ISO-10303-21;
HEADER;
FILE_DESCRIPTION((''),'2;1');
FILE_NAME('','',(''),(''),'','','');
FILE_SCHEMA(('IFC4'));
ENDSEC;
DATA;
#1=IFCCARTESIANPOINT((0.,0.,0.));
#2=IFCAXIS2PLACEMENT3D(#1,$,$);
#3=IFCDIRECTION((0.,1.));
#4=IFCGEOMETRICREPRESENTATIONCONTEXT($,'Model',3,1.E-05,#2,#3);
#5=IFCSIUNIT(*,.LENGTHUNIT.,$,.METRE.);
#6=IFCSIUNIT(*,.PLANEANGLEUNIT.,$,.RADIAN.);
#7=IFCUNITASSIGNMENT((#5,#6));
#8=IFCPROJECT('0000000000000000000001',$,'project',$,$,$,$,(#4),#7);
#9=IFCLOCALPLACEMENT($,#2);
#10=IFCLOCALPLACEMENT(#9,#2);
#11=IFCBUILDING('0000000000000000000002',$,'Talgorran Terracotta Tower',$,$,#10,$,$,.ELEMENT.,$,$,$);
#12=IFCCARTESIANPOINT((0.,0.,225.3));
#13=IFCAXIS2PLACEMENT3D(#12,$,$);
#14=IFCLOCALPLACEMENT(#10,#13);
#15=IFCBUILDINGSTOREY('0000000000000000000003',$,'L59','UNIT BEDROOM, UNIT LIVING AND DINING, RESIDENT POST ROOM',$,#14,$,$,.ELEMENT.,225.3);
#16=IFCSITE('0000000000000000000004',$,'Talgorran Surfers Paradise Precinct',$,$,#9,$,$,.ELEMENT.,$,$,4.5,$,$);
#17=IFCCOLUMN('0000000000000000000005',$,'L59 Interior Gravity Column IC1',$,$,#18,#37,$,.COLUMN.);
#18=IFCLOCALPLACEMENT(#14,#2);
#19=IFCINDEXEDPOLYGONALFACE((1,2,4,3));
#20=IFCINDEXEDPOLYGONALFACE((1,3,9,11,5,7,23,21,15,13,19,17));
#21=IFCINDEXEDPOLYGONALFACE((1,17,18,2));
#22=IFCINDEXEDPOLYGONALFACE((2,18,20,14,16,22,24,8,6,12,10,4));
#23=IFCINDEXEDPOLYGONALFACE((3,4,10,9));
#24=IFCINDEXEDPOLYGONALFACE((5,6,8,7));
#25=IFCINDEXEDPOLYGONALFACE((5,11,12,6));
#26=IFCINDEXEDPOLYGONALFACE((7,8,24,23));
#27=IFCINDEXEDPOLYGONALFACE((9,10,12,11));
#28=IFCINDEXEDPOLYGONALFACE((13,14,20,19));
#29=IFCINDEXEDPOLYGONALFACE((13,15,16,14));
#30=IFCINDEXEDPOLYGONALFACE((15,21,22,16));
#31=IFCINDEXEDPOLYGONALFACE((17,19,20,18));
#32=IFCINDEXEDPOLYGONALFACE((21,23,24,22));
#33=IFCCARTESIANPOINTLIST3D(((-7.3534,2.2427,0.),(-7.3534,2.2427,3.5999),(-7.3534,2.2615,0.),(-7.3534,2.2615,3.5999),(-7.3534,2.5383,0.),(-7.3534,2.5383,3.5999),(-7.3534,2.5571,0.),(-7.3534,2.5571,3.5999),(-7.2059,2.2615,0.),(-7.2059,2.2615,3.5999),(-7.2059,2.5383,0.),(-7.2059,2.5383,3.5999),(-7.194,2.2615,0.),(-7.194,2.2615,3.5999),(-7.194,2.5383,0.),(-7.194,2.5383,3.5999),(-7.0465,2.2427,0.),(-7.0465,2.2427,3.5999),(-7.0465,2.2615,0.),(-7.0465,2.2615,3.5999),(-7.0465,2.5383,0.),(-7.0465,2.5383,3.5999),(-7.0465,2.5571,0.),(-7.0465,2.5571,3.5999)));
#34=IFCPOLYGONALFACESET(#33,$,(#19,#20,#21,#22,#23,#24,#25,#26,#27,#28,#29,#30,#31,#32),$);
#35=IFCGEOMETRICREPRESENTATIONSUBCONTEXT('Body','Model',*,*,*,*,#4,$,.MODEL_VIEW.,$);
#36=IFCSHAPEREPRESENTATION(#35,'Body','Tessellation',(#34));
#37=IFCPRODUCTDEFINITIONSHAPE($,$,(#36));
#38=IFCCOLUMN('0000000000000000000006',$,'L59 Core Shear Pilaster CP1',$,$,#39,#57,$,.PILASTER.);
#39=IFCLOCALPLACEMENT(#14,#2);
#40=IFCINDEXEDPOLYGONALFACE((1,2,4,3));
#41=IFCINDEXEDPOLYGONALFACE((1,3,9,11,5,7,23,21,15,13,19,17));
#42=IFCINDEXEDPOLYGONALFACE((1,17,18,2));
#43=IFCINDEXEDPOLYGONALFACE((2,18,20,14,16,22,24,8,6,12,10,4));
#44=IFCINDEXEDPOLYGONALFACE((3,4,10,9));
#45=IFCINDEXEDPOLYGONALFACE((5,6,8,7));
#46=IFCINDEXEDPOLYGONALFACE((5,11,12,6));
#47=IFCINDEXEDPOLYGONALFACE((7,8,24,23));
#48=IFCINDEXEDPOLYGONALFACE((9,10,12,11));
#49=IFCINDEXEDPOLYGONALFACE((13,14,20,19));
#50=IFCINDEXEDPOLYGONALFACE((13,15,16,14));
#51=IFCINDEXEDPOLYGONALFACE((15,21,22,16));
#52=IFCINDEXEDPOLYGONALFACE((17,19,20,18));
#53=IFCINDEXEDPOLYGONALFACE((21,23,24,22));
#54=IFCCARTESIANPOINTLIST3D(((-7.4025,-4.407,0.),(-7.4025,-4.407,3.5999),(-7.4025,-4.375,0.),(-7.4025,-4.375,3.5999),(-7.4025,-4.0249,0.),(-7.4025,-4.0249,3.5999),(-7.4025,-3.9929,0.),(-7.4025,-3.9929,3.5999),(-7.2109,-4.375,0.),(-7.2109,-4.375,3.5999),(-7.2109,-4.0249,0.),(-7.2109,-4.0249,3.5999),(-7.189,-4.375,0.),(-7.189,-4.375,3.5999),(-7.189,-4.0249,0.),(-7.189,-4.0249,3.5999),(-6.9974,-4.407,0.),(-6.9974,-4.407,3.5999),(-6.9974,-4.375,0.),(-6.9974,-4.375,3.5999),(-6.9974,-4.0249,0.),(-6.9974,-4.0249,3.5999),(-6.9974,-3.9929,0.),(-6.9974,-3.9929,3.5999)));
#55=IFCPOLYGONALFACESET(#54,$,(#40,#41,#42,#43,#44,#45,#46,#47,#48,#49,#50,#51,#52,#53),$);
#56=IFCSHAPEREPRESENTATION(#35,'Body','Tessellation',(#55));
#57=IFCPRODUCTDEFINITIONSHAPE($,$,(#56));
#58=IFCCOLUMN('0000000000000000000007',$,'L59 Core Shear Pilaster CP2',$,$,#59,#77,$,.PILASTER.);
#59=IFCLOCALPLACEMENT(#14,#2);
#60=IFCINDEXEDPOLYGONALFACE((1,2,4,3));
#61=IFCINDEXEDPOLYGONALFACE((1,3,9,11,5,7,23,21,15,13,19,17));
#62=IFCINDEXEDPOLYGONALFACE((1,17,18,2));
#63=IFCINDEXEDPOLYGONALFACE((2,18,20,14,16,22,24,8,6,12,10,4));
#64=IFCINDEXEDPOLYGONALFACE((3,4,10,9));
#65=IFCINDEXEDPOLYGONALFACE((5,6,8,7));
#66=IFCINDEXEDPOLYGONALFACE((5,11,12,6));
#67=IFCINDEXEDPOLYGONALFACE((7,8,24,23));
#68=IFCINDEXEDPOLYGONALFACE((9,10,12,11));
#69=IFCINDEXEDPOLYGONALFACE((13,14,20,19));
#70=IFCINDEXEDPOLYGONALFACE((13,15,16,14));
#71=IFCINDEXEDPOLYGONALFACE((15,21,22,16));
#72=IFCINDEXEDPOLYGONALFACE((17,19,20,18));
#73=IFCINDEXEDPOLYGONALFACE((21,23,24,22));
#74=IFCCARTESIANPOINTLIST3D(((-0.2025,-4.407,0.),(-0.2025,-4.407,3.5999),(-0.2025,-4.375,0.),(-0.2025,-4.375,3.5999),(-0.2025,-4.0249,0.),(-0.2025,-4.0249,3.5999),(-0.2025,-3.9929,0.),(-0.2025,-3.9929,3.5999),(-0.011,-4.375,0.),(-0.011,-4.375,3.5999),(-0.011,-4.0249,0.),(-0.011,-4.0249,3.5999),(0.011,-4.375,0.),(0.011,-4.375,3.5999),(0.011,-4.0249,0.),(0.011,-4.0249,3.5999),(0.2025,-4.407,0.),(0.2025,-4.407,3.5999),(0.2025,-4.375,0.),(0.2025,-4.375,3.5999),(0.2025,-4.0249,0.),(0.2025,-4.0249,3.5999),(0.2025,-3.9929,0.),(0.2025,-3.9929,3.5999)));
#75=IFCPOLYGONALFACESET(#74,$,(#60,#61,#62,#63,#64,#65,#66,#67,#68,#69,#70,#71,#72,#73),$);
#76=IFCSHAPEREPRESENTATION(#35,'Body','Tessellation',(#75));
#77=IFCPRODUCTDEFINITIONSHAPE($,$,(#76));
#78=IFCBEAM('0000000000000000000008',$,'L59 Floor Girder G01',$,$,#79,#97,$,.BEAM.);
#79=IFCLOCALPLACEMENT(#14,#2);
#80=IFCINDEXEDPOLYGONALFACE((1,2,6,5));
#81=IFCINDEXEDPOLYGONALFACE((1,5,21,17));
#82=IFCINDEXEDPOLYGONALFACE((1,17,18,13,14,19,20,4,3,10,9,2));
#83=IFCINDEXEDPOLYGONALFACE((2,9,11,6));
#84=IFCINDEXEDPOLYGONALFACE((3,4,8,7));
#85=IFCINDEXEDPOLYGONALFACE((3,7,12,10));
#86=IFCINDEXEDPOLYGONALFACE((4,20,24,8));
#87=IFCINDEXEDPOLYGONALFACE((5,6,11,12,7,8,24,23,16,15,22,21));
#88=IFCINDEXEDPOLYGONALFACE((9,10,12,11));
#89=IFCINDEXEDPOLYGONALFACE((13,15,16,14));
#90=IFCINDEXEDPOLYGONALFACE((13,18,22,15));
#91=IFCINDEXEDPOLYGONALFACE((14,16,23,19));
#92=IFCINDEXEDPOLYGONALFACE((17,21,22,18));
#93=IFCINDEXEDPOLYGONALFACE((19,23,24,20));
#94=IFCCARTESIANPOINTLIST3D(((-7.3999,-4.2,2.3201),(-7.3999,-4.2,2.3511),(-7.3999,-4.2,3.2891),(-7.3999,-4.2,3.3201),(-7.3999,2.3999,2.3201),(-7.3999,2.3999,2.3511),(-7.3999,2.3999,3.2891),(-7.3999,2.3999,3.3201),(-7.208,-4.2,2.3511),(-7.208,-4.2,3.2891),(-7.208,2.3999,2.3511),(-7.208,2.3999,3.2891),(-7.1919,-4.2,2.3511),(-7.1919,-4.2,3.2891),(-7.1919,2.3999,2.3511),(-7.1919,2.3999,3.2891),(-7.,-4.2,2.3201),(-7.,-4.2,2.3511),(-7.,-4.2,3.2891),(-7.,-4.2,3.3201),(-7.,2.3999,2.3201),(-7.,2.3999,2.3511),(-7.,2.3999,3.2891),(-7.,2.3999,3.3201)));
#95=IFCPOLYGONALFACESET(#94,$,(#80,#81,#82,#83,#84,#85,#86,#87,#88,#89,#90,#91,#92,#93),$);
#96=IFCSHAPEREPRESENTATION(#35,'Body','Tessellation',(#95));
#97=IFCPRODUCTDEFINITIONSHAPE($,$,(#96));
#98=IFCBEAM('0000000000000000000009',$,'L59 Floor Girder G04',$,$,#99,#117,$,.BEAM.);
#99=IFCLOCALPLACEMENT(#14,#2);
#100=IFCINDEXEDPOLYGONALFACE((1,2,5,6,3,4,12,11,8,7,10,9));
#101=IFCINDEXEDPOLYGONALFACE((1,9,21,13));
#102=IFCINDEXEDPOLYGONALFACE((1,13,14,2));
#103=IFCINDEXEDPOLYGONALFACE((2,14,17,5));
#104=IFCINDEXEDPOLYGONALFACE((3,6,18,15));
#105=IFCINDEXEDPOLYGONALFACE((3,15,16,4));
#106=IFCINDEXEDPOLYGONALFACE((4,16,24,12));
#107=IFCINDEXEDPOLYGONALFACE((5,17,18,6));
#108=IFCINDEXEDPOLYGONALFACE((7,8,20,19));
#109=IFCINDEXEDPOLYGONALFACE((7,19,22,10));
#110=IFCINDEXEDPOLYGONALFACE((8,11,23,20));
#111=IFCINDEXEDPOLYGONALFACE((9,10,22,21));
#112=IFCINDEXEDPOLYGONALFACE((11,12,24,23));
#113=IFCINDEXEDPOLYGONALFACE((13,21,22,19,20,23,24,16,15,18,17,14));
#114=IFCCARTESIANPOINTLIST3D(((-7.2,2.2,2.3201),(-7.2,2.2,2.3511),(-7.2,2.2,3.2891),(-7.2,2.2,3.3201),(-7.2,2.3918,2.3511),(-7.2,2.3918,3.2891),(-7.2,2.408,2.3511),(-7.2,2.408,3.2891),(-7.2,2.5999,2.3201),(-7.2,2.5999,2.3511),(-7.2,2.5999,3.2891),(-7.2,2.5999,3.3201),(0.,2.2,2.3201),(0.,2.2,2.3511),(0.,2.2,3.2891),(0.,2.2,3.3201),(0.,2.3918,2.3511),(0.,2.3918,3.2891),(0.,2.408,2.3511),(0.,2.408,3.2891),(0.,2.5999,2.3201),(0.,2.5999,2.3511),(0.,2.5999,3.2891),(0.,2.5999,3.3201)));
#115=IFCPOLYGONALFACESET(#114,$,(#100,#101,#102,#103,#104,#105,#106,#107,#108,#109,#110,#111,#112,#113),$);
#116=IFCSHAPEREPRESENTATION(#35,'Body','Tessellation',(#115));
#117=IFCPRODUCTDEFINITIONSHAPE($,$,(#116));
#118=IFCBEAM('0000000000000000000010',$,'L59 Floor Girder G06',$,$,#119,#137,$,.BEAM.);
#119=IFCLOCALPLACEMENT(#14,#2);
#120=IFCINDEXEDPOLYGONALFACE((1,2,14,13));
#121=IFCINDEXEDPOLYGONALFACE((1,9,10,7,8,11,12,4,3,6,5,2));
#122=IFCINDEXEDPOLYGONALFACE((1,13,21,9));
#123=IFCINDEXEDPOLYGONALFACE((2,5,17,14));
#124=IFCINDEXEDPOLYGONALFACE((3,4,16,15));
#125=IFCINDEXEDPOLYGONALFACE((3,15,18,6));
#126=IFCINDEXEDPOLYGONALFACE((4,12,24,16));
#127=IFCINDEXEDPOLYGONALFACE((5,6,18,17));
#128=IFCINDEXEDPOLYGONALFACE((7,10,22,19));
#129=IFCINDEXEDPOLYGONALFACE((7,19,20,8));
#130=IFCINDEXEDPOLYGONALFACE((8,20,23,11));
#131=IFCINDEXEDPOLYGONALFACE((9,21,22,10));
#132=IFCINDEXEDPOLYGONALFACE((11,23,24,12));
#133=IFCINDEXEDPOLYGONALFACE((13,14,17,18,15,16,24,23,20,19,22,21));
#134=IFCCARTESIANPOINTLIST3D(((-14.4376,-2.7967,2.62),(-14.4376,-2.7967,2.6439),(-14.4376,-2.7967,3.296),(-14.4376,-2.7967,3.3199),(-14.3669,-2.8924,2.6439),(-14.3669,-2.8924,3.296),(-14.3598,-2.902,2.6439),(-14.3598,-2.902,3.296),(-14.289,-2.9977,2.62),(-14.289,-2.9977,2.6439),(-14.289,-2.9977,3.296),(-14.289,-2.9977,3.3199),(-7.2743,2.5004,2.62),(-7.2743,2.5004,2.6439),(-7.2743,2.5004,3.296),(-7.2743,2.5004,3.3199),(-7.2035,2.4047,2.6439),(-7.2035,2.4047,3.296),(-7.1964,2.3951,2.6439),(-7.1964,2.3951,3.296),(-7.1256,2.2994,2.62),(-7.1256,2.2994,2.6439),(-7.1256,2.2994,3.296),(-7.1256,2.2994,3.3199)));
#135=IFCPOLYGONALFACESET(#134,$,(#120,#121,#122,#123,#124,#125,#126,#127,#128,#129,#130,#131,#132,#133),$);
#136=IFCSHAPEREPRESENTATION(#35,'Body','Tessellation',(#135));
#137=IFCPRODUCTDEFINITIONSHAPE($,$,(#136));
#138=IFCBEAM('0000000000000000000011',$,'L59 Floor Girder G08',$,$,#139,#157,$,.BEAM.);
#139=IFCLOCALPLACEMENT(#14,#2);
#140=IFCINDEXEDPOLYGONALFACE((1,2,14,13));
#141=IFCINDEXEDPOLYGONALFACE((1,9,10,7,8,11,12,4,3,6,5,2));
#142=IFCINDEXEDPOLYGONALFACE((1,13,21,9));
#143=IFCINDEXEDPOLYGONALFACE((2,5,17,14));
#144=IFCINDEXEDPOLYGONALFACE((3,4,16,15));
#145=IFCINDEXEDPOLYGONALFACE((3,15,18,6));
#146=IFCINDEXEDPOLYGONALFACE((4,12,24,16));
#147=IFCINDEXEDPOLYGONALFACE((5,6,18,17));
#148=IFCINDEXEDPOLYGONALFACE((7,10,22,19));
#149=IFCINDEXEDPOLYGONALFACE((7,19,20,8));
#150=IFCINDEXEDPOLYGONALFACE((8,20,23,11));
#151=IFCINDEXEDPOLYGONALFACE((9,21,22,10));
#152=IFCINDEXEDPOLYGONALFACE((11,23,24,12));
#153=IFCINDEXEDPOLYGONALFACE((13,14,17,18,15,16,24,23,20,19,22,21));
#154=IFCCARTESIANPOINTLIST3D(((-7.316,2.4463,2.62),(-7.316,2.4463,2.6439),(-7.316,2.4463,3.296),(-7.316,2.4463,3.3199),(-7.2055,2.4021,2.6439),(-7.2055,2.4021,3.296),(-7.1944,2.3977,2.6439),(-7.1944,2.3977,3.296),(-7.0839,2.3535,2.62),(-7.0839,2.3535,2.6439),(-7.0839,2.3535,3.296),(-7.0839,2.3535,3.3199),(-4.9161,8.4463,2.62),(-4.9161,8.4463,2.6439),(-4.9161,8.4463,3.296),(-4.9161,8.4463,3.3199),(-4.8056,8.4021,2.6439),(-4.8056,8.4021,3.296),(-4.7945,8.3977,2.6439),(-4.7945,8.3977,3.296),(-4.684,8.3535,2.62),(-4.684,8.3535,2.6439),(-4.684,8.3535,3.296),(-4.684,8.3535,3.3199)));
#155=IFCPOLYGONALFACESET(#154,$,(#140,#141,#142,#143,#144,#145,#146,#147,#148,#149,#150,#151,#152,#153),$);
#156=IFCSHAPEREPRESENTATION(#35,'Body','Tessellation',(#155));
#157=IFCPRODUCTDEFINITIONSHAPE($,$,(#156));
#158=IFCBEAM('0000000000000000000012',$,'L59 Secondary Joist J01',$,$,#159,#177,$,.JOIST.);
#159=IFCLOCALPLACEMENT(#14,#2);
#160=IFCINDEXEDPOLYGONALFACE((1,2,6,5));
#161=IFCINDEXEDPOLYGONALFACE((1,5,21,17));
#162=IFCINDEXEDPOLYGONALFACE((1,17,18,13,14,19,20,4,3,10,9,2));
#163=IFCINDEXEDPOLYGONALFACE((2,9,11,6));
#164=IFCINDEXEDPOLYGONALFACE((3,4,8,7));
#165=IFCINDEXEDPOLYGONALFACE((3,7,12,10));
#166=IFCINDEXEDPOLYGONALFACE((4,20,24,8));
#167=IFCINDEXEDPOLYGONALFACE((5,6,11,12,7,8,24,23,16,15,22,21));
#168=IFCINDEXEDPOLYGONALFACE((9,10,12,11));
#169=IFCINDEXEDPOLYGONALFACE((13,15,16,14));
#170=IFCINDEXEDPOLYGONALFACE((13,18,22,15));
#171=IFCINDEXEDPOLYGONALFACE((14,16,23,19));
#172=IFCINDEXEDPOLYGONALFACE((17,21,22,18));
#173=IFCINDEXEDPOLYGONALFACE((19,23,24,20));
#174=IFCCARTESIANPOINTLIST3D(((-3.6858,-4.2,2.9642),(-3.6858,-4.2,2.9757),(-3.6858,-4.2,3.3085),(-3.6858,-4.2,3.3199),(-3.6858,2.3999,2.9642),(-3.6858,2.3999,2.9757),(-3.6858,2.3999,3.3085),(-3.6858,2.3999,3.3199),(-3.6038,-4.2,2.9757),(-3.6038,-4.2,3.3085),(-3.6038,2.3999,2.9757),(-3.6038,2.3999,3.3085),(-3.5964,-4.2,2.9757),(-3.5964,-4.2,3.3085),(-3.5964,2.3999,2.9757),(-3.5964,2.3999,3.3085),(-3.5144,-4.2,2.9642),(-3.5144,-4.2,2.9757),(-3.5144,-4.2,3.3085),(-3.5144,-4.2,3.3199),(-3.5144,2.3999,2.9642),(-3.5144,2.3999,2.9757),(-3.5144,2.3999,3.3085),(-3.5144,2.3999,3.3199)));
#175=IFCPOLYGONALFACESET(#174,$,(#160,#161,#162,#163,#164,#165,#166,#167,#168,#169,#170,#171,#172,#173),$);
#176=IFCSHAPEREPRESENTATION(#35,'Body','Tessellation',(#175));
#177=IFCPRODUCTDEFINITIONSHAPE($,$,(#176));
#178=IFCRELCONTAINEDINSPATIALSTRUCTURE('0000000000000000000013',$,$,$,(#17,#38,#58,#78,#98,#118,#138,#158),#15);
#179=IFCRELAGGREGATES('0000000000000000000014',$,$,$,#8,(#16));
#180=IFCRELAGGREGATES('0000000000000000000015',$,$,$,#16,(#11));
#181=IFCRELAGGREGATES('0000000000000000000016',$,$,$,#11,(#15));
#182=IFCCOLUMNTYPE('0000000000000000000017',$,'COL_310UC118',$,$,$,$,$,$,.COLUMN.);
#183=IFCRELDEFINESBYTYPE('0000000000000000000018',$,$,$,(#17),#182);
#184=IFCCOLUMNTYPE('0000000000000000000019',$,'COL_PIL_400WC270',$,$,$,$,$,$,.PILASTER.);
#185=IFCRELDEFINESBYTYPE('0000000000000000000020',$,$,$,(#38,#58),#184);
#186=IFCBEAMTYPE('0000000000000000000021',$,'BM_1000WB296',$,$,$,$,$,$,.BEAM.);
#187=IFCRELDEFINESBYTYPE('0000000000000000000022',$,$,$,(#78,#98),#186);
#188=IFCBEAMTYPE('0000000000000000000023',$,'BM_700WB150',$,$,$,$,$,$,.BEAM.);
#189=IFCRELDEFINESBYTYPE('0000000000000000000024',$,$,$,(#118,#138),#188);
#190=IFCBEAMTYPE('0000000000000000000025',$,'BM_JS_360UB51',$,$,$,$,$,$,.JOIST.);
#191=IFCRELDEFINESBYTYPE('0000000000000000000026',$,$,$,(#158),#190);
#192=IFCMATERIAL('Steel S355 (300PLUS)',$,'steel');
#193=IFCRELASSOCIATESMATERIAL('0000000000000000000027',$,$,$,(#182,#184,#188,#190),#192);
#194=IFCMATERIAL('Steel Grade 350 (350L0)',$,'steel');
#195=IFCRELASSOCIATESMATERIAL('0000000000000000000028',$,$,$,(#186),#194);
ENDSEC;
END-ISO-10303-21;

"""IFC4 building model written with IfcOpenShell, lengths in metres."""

from ifc_helpers import new_model, si_unit, direction, frame, origin, origin_2d, place, context, subcontext, project, spatial, i_section, extrude, material, material_profile, profile_set, type_object, element, save


model = new_model("IFC4")

# Units and contexts
model_context = context("Model", 3, precision=1e-05, world=origin(), true_north=direction((0.0, 1.0)))
body_context = subcontext(model_context, "Body", "Model", "MODEL_VIEW")
ifc_project = project(units=[si_unit("LENGTHUNIT", "METRE"), si_unit("PLANEANGLEUNIT", "RADIAN")], contexts=[model_context])

# Site, building, storey
site_placement = place(None, origin())
site = spatial("IfcSite", under=ifc_project, at=site_placement, Name="Talgorran Surfers Paradise Precinct", CompositionType="ELEMENT", RefElevation=4.5)
building_placement = place(site_placement, origin())
building = spatial("IfcBuilding", under=site, at=building_placement, Name="Talgorran Terracotta Tower", CompositionType="ELEMENT")
storey_placement = place(building_placement, frame((0.0, 0.0, 225.3)))
storey = spatial("IfcBuildingStorey", under=building, at=storey_placement, Name="L59", Description="UNIT BEDROOM, UNIT LIVING AND DINING, RESIDENT POST ROOM", CompositionType="ELEMENT", Elevation=225.3)

# Columns
ifc_material_1 = material(Name="Steel S355 (300PLUS)", Category="steel")
ifc_material_profile_1 = material_profile(ifc_material_1, i_section(OverallWidth=0.3069, OverallDepth=0.3145, WebThickness=0.012, FlangeThickness=0.0188, at=origin_2d()), Name="310UC118")
ifc_profile_set_1 = profile_set([ifc_material_profile_1], Name="Steel S355 (300PLUS)")
column_type_1 = type_object("IfcColumnType", Name="COL_310UC118", PredefinedType="COLUMN", material=ifc_profile_set_1)
column_placement = place(storey_placement, frame((-7.2, 2.3999, 0.0), z_axis=(0.0, 0.0, 1.0), x_axis=(1.0, 0.0, 0.0)))
element("IfcColumn", 1, at=column_placement, inside=storey, type_object=column_type_1, Name="L59 Interior Gravity Column IC1", PredefinedType="COLUMN", context=body_context, shape_type="SweptSolid", body=[
    extrude(i_section(OverallWidth=0.3069, OverallDepth=0.3145, WebThickness=0.012, FlangeThickness=0.0188, at=origin_2d()), origin(), (0.0, 0.0, 1.0), 3.5999),
])
ifc_material_profile_2 = material_profile(ifc_material_1, i_section(OverallWidth=0.405, OverallDepth=0.4141, WebThickness=0.022, FlangeThickness=0.032, at=origin_2d()), Name="400WC270")
ifc_profile_set_2 = profile_set([ifc_material_profile_2], Name="Steel S355 (300PLUS)")
column_type_2 = type_object("IfcColumnType", Name="COL_PIL_400WC270", PredefinedType="PILASTER", material=ifc_profile_set_2)
for number, where, z_axis, x_axis, name in (
    (2, (-7.2, -4.2, 0.0), (0.0, 0.0, 1.0), (1.0, 0.0, 0.0), "L59 Core Shear Pilaster CP1"),
    (3, (0.0, -4.2, 0.0), (0.0, 0.0, 1.0), (1.0, 0.0, 0.0), "L59 Core Shear Pilaster CP2"),
):
    element("IfcColumn", number, at=place(storey_placement, frame(where, z_axis=z_axis, x_axis=x_axis)), inside=storey, type_object=column_type_2, Name=name, PredefinedType="PILASTER", context=body_context, shape_type="SweptSolid", body=[
        extrude(i_section(OverallWidth=0.405, OverallDepth=0.4141, WebThickness=0.022, FlangeThickness=0.032, at=origin_2d()), origin(), (0.0, 0.0, 1.0), 3.5999),
    ])

# Beams
ifc_material_2 = material(Name="Steel Grade 350 (350L0)", Category="steel")
ifc_material_profile_3 = material_profile(ifc_material_2, i_section(OverallWidth=0.3999, OverallDepth=1.0, WebThickness=0.0161, FlangeThickness=0.031, at=origin_2d()), Name="1000WB296")
ifc_profile_set_3 = profile_set([ifc_material_profile_3], Name="Steel Grade 350 (350L0)")
beam_type_1 = type_object("IfcBeamType", Name="BM_1000WB296", PredefinedType="BEAM", material=ifc_profile_set_3)
beam_1_placement = place(storey_placement, frame((-7.2, -4.2, 2.8201), z_axis=(0.0, 1.0, 0.0), x_axis=(-1.0, 0.0, 0.0)))
element("IfcBeam", 4, at=beam_1_placement, inside=storey, type_object=beam_type_1, Name="L59 Floor Girder G01", PredefinedType="BEAM", context=body_context, shape_type="SweptSolid", body=[
    extrude(i_section(OverallWidth=0.3999, OverallDepth=1.0, WebThickness=0.0161, FlangeThickness=0.031, at=origin_2d()), origin(), (0.0, 0.0, 1.0), 6.5999),
])
beam_2_placement = place(storey_placement, frame((-7.2, 2.3999, 2.8201), z_axis=(1.0, 0.0, 0.0), x_axis=(0.0, 1.0, 0.0)))
element("IfcBeam", 5, at=beam_2_placement, inside=storey, type_object=beam_type_1, Name="L59 Floor Girder G04", PredefinedType="BEAM", context=body_context, shape_type="SweptSolid", body=[
    extrude(i_section(OverallWidth=0.3999, OverallDepth=1.0, WebThickness=0.0161, FlangeThickness=0.031, at=origin_2d()), origin(), (0.0, 0.0, 1.0), 7.2),
])
ifc_material_profile_4 = material_profile(ifc_material_1, i_section(OverallWidth=0.25, OverallDepth=0.7, WebThickness=0.012, FlangeThickness=0.0239, at=origin_2d()), Name="700WB150")
ifc_profile_set_4 = profile_set([ifc_material_profile_4], Name="Steel S355 (300PLUS)")
beam_type_2 = type_object("IfcBeamType", Name="BM_700WB150", PredefinedType="BEAM", material=ifc_profile_set_4)
beam_3_placement = place(storey_placement, frame((-7.2, 2.3999, 2.97), z_axis=(-0.804043, -0.594571, 0.0), x_axis=(0.594571, -0.804043, 0.0)))
element("IfcBeam", 6, at=beam_3_placement, inside=storey, type_object=beam_type_2, Name="L59 Floor Girder G06", PredefinedType="BEAM", context=body_context, shape_type="SweptSolid", body=[
    extrude(i_section(OverallWidth=0.25, OverallDepth=0.7, WebThickness=0.012, FlangeThickness=0.0239, at=origin_2d()), origin(), (0.0, 0.0, 1.0), 8.9092),
])
beam_4_placement = place(storey_placement, frame((-7.2, 2.3999, 2.97), z_axis=(0.371378, 0.928482, 0.0), x_axis=(-0.928482, 0.371378, 0.0)))
element("IfcBeam", 7, at=beam_4_placement, inside=storey, type_object=beam_type_2, Name="L59 Floor Girder G08", PredefinedType="BEAM", context=body_context, shape_type="SweptSolid", body=[
    extrude(i_section(OverallWidth=0.25, OverallDepth=0.7, WebThickness=0.012, FlangeThickness=0.0239, at=origin_2d()), origin(), (0.0, 0.0, 1.0), 6.4622),
])
ifc_material_profile_5 = material_profile(ifc_material_1, i_section(OverallWidth=0.1714, OverallDepth=0.3557, WebThickness=0.0073, FlangeThickness=0.0115, at=origin_2d()), Name="360UB50.7")
ifc_profile_set_5 = profile_set([ifc_material_profile_5], Name="Steel S355 (300PLUS)")
beam_type_3 = type_object("IfcBeamType", Name="BM_JS_360UB51", PredefinedType="JOIST", material=ifc_profile_set_5)
beam_5_placement = place(storey_placement, frame((-3.6001, -4.2, 3.1421), z_axis=(0.0, 1.0, 0.0), x_axis=(-1.0, 0.0, 0.0)))
element("IfcBeam", 8, at=beam_5_placement, inside=storey, type_object=beam_type_3, Name="L59 Secondary Joist J01", PredefinedType="JOIST", context=body_context, shape_type="SweptSolid", body=[
    extrude(i_section(OverallWidth=0.1714, OverallDepth=0.3557, WebThickness=0.0073, FlangeThickness=0.0115, at=origin_2d()), origin(), (0.0, 0.0, 1.0), 6.5999),
])

save(model, "model.ifc")
